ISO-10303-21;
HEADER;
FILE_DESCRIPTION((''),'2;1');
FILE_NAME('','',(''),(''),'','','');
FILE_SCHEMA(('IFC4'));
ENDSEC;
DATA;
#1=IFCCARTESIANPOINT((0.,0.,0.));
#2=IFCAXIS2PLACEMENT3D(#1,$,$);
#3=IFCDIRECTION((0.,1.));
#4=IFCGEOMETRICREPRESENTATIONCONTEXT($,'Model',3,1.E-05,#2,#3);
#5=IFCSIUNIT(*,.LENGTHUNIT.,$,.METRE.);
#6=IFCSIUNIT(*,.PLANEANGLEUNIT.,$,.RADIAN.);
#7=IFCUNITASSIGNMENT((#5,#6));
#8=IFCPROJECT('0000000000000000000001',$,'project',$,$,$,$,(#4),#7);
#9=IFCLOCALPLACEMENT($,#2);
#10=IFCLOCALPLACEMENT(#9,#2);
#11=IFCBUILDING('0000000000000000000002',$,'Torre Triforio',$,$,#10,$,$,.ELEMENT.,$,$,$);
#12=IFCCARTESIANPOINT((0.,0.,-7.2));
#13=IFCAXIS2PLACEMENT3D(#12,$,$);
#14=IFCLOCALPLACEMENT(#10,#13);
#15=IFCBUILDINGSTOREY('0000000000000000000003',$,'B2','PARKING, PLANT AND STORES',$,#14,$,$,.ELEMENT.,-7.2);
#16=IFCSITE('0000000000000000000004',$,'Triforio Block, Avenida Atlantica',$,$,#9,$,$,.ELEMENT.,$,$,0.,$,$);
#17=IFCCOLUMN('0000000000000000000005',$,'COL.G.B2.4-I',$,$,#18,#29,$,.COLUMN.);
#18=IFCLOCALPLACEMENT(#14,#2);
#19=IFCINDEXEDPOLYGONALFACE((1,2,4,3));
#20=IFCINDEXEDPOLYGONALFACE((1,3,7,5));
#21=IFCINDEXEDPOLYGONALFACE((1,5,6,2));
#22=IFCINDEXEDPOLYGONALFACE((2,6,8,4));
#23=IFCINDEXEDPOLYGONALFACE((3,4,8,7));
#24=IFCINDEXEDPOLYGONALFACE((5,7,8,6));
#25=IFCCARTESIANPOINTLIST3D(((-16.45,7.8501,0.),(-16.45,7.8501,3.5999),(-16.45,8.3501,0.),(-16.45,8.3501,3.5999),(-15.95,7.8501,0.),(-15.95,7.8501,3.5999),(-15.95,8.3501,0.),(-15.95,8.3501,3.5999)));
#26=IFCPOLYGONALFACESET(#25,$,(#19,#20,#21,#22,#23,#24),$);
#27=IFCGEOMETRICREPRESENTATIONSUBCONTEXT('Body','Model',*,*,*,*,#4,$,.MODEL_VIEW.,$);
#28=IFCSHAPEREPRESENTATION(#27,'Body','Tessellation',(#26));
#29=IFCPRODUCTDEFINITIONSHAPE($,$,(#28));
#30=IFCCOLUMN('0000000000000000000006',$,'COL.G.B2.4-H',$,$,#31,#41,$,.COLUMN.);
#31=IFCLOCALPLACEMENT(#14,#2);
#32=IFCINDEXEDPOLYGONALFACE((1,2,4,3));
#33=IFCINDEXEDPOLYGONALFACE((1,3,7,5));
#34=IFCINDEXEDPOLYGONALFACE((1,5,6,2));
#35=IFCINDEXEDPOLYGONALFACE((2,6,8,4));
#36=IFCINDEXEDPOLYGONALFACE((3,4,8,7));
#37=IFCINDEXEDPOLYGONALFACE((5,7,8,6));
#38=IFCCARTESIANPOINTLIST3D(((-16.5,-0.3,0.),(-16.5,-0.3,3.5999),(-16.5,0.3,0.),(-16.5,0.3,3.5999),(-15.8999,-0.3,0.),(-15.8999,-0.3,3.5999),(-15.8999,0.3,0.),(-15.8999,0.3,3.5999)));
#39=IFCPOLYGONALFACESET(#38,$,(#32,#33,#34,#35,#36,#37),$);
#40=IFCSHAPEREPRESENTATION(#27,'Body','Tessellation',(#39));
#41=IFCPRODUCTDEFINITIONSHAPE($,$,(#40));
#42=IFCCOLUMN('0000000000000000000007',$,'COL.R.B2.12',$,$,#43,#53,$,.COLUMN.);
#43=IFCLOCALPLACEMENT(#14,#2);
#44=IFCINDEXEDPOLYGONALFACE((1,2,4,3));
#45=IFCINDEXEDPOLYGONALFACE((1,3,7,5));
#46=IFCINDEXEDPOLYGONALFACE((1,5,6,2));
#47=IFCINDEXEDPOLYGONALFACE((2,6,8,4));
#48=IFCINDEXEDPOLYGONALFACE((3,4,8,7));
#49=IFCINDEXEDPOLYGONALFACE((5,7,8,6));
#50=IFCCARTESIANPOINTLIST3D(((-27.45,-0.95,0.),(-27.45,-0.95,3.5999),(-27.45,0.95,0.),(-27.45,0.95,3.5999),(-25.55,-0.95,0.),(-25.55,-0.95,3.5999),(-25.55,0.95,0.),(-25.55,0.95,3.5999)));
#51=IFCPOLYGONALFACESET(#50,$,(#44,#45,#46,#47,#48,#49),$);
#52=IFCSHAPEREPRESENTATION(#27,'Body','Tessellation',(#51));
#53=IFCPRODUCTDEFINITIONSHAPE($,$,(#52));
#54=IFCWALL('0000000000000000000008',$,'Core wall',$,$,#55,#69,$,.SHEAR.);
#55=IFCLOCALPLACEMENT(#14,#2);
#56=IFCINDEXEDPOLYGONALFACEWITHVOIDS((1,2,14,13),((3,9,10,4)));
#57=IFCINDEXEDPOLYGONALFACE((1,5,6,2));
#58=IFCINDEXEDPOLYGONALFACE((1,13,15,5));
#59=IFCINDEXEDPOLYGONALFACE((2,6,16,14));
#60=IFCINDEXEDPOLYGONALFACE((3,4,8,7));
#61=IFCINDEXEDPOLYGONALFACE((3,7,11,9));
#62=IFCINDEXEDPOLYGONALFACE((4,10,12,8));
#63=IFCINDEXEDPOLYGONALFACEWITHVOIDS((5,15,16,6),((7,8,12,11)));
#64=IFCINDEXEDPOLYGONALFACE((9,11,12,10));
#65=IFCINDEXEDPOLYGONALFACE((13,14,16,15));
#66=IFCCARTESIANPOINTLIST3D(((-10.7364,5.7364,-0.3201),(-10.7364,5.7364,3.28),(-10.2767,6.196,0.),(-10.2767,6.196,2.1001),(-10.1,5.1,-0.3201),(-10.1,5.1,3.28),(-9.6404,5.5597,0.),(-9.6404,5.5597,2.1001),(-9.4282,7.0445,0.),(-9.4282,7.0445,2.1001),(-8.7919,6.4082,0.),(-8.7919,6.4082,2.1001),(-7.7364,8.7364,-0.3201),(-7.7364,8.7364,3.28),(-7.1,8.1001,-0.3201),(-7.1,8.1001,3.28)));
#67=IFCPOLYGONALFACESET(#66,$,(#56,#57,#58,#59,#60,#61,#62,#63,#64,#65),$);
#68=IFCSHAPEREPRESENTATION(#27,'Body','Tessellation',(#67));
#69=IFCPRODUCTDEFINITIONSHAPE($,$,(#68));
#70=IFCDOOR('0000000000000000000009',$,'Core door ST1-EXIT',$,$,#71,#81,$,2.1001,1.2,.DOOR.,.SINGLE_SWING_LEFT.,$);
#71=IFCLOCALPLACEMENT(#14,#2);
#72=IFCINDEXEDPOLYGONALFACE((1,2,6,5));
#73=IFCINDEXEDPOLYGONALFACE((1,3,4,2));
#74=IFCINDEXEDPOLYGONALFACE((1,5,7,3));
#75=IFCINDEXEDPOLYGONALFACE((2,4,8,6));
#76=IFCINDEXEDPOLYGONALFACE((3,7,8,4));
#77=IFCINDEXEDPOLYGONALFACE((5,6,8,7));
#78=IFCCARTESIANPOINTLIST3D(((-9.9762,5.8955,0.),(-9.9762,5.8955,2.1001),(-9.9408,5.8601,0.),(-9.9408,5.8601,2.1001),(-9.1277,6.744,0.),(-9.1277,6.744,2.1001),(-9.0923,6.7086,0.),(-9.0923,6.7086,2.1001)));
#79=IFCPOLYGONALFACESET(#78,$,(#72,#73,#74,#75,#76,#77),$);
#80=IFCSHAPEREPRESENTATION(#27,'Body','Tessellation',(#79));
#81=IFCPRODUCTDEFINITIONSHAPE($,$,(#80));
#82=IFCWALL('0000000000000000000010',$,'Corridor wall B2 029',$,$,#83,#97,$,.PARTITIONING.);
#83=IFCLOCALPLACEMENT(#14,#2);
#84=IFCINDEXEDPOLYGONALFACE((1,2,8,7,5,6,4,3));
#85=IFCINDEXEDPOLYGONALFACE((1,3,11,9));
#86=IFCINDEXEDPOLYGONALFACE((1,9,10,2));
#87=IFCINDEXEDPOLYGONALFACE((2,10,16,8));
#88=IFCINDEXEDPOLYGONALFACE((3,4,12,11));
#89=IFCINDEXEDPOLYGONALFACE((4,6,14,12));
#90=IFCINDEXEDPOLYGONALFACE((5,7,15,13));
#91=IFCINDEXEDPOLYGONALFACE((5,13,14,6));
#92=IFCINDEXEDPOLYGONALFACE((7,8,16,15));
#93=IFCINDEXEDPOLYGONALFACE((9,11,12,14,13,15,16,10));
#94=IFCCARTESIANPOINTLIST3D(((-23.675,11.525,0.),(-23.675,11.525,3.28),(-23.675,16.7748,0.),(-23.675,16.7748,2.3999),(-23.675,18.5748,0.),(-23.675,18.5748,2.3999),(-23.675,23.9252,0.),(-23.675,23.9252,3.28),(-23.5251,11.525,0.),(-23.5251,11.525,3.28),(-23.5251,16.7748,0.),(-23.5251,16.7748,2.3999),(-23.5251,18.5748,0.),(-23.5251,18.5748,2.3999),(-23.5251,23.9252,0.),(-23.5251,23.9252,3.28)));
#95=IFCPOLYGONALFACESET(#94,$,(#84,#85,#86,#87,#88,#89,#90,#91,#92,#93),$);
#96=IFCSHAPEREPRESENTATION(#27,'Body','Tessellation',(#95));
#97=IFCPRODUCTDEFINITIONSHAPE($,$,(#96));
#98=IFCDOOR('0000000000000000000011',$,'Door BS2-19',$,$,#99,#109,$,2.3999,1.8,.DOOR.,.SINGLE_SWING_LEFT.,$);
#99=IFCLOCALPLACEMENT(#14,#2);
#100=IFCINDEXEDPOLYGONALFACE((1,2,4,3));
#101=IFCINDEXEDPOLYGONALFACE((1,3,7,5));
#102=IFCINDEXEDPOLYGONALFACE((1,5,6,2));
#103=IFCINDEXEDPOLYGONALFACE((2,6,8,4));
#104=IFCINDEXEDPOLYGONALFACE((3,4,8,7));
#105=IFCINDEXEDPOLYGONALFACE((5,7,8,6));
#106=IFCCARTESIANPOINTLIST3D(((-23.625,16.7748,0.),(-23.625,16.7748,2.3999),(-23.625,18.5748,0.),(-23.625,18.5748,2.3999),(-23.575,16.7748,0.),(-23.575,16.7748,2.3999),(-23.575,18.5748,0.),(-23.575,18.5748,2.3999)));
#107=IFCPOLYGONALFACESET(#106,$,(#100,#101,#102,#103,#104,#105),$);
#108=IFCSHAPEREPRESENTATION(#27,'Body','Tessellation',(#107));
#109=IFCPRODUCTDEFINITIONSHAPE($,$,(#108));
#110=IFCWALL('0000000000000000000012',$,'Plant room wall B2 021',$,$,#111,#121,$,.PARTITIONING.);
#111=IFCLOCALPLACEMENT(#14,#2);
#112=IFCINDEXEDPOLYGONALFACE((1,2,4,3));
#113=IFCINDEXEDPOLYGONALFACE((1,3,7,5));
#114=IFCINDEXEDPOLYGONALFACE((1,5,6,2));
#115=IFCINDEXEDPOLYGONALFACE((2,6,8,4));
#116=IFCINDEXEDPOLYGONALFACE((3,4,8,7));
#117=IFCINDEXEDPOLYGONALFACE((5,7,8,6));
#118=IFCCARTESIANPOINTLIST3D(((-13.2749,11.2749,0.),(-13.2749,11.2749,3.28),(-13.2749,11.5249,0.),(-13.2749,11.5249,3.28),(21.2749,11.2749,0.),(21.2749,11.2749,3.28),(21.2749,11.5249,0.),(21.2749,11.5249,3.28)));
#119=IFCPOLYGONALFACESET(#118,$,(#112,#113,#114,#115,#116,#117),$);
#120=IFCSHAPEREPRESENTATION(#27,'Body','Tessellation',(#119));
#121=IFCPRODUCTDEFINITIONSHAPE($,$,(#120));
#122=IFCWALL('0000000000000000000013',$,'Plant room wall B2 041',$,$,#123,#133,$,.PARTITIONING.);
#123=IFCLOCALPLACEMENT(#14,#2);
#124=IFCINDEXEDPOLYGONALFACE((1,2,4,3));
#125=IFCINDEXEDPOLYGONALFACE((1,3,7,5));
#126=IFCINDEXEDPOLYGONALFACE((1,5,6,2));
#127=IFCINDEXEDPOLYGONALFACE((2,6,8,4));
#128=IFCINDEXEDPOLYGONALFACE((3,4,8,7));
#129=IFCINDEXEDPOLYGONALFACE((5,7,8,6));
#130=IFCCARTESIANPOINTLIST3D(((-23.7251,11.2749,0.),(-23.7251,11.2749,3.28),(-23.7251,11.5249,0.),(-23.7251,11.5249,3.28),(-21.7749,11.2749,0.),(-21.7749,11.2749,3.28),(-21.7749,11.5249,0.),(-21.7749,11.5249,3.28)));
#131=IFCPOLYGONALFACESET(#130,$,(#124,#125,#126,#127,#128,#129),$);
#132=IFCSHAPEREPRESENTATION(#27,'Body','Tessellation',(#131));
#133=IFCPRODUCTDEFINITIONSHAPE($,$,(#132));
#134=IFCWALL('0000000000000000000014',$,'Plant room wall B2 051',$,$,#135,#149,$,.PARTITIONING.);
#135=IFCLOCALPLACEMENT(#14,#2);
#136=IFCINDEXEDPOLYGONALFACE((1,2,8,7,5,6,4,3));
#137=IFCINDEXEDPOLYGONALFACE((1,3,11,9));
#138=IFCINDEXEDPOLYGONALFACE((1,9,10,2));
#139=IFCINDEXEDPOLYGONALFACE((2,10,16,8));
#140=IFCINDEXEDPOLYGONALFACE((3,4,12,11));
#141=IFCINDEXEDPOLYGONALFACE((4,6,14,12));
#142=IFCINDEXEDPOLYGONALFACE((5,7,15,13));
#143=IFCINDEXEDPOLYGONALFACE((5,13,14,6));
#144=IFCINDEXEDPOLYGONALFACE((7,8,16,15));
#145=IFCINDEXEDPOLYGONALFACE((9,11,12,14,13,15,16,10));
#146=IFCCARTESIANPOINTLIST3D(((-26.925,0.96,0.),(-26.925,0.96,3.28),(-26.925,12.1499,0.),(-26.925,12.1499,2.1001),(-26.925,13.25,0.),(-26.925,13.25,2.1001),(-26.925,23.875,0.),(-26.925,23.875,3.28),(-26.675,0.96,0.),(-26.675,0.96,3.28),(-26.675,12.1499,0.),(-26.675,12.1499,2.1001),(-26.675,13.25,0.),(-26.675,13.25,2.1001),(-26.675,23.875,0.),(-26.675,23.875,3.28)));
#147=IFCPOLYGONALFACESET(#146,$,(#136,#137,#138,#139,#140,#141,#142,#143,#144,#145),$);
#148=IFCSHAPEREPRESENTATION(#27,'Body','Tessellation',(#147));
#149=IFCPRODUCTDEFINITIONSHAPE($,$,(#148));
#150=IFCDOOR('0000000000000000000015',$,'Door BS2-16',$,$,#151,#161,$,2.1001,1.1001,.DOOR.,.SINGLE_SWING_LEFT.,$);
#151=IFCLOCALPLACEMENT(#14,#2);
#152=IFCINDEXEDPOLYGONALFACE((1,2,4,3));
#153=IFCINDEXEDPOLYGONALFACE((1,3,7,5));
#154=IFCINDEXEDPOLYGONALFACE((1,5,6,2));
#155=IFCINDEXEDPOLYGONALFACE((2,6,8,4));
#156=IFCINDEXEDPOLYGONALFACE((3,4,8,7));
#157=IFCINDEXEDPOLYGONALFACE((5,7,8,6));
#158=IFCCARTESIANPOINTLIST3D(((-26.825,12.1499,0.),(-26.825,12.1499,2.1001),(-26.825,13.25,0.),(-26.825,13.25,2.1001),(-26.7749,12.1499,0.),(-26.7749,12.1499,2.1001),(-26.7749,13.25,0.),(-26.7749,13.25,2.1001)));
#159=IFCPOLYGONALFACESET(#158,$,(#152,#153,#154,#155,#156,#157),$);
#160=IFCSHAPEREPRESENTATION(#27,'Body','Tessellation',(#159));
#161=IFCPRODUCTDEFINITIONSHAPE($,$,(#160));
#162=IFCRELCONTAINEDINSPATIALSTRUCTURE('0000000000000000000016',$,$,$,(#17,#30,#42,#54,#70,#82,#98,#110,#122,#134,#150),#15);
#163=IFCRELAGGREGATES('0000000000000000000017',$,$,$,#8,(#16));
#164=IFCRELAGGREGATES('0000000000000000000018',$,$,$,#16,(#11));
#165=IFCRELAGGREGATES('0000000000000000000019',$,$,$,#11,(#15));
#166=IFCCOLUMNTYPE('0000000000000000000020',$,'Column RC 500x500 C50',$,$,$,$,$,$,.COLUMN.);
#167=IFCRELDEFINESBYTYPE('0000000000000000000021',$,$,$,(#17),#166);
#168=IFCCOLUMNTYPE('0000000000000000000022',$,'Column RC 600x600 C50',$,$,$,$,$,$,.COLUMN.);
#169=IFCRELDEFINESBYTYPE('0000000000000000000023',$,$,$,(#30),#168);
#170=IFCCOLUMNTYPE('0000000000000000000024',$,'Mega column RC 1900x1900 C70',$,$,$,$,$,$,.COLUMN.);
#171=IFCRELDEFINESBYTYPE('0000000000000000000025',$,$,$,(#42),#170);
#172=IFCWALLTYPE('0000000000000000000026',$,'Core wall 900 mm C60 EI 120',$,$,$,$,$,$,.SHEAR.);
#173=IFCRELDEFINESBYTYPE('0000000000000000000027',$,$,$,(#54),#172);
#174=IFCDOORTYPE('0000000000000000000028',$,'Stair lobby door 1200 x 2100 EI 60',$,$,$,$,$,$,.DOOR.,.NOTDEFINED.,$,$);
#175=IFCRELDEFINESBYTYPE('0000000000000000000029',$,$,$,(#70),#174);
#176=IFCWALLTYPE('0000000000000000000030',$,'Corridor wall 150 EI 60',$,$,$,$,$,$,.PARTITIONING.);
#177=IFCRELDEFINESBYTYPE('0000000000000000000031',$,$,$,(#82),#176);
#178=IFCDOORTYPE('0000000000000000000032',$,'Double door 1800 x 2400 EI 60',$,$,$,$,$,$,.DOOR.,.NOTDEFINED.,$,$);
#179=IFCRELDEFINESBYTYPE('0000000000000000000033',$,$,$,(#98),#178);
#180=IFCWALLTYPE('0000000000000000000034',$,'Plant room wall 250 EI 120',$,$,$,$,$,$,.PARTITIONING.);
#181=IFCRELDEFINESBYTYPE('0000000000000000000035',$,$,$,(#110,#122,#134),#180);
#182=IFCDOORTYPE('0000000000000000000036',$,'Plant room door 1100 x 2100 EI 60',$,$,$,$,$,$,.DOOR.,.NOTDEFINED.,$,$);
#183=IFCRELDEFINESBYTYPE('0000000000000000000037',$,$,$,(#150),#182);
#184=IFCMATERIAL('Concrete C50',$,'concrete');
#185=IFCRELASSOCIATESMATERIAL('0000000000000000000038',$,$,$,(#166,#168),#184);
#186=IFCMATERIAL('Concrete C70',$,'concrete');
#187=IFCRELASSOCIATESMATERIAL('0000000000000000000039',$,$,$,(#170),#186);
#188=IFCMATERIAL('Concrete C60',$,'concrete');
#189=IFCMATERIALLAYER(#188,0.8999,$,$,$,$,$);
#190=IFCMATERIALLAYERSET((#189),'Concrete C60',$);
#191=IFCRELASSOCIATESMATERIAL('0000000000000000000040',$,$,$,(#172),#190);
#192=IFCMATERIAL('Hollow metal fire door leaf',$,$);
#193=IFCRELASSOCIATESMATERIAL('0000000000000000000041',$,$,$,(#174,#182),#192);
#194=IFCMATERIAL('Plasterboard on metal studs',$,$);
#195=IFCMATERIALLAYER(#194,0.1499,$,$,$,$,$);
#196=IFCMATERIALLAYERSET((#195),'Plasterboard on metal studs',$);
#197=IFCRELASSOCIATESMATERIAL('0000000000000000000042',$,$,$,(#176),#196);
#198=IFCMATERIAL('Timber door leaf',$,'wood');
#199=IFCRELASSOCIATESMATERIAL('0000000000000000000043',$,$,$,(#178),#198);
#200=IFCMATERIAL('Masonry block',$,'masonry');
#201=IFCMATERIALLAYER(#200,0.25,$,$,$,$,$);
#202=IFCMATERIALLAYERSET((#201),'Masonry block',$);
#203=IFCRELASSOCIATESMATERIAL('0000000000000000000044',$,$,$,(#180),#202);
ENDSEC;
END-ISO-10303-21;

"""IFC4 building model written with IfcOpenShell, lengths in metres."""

from ifc_helpers import new_model, si_unit, direction, frame, frame_2d, origin, origin_2d, place, context, subcontext, project, spatial, rectangle, extrude, material, layer, layer_set, material_profile, profile_set, type_object, element, fill, save


model = new_model("IFC4")

# Units and contexts
model_context = context("Model", 3, precision=1e-05, world=origin(), true_north=direction((0.0, 1.0)))
body_context = subcontext(model_context, "Body", "Model", "MODEL_VIEW")
ifc_project = project(units=[si_unit("LENGTHUNIT", "METRE"), si_unit("PLANEANGLEUNIT", "RADIAN")], contexts=[model_context])

# Site, building, storey
site_placement = place(None, origin())
site = spatial("IfcSite", under=ifc_project, at=site_placement, Name="Triforio Block, Avenida Atlantica", CompositionType="ELEMENT", RefElevation=0.0)
building_placement = place(site_placement, origin())
building = spatial("IfcBuilding", under=site, at=building_placement, Name="Torre Triforio", CompositionType="ELEMENT")
storey_placement = place(building_placement, frame((0.0, 0.0, -7.2)))
storey = spatial("IfcBuildingStorey", under=building, at=storey_placement, Name="B2", Description="PARKING, PLANT AND STORES", CompositionType="ELEMENT", Elevation=-7.2)

# Columns
ifc_material_1 = material(Name="Concrete C50", Category="concrete")
ifc_material_profile_1 = material_profile(ifc_material_1, rectangle(XDim=0.5, YDim=0.5, at=origin_2d()), Name="RC 500x500")
ifc_profile_set_1 = profile_set([ifc_material_profile_1], Name="Concrete C50")
column_type_1 = type_object("IfcColumnType", Name="Column RC 500x500 C50", PredefinedType="COLUMN", material=ifc_profile_set_1)
column_1_placement = place(storey_placement, frame((-16.2, 8.1001, 0.0), z_axis=(0.0, 0.0, 1.0), x_axis=(1.0, 0.0, 0.0)))
element("IfcColumn", 1, at=column_1_placement, inside=storey, type_object=column_type_1, Name="COL.G.B2.4-I", PredefinedType="COLUMN", context=body_context, shape_type="SweptSolid", body=[
    extrude(rectangle(XDim=0.5, YDim=0.5, at=origin_2d()), origin(), (0.0, 0.0, 1.0), 3.5999),
])
ifc_material_profile_2 = material_profile(ifc_material_1, rectangle(XDim=0.6001, YDim=0.6001, at=origin_2d()), Name="RC 600x600")
ifc_profile_set_2 = profile_set([ifc_material_profile_2], Name="Concrete C50")
column_type_2 = type_object("IfcColumnType", Name="Column RC 600x600 C50", PredefinedType="COLUMN", material=ifc_profile_set_2)
column_2_placement = place(storey_placement, frame((-16.2, 0.0, 0.0), z_axis=(0.0, 0.0, 1.0), x_axis=(1.0, 0.0, 0.0)))
element("IfcColumn", 2, at=column_2_placement, inside=storey, type_object=column_type_2, Name="COL.G.B2.4-H", PredefinedType="COLUMN", context=body_context, shape_type="SweptSolid", body=[
    extrude(rectangle(XDim=0.6001, YDim=0.6001, at=origin_2d()), origin(), (0.0, 0.0, 1.0), 3.5999),
])
ifc_material_2 = material(Name="Concrete C70", Category="concrete")
ifc_material_profile_3 = material_profile(ifc_material_2, rectangle(XDim=1.8999, YDim=1.8999, at=origin_2d()), Name="RC 1900x1900")
ifc_profile_set_3 = profile_set([ifc_material_profile_3], Name="Concrete C70")
column_type_3 = type_object("IfcColumnType", Name="Mega column RC 1900x1900 C70", PredefinedType="COLUMN", material=ifc_profile_set_3)
column_3_placement = place(storey_placement, frame((-26.5, 0.0, 0.0), z_axis=(0.0, 0.0, 1.0), x_axis=(0.0, -1.0, 0.0)))
element("IfcColumn", 3, at=column_3_placement, inside=storey, type_object=column_type_3, Name="COL.R.B2.12", PredefinedType="COLUMN", context=body_context, shape_type="SweptSolid", body=[
    extrude(rectangle(XDim=1.8999, YDim=1.8999, at=origin_2d()), origin(), (0.0, 0.0, 1.0), 3.5999),
])

# Walls, openings, doors
ifc_material_3 = material(Name="Concrete C60", Category="concrete")
ifc_layer_1 = layer(ifc_material_3, 0.8999)
ifc_layer_set_1 = layer_set([ifc_layer_1], Name="Concrete C60")
wall_type_1 = type_object("IfcWallType", Name="Core wall 900 mm C60 EI 120", PredefinedType="SHEAR", material=ifc_layer_set_1)
wall_1_placement = place(storey_placement, frame((-10.4182, 5.4182, -0.3201), z_axis=(0.0, 0.0, 1.0), x_axis=(0.707107, 0.707107, 0.0)))
wall_1 = element("IfcWall", 4, at=wall_1_placement, inside=storey, type_object=wall_type_1, Name="Core wall", PredefinedType="SHEAR", context=body_context, shape_type="SweptSolid", body=[
    extrude(rectangle(XDim=4.2427, YDim=0.8999, at=frame_2d((2.1213, 0.0))), origin(), (0.0, 0.0, 1.0), 3.6001),
])
opening_1_placement = place(wall_1_placement, frame((0.6499, 0.0, 0.3201)))
opening_1 = element("IfcOpeningElement", 5, at=opening_1_placement, cuts=wall_1, PredefinedType="OPENING", context=body_context, shape_type="SweptSolid", body=[
    extrude(rectangle(XDim=1.2, YDim=2.1001, at=frame_2d((0.6001, 1.05))), frame((0.0, 0.46, 0.0), z_axis=(0.0, -1.0, 0.0), x_axis=(1.0, 0.0, 0.0)), (0.0, 0.0, 1.0), 0.9199),
])
ifc_material_4 = material(Name="Hollow metal fire door leaf")
door_type_1 = type_object("IfcDoorType", Name="Stair lobby door 1200 x 2100 EI 60", OperationType="NOTDEFINED", PredefinedType="DOOR", material=ifc_material_4)
door_1_placement = place(opening_1_placement, origin())
door_1 = element("IfcDoor", 6, at=door_1_placement, inside=storey, type_object=door_type_1, Name="Core door ST1-EXIT", OperationType="SINGLE_SWING_LEFT", OverallHeight=2.1001, OverallWidth=1.2, PredefinedType="DOOR", context=body_context, shape_type="SweptSolid", body=[
    extrude(rectangle(XDim=1.2, YDim=2.1001, at=frame_2d((0.6001, 1.05))), frame((0.0, 0.0249, 0.0), z_axis=(0.0, -1.0, 0.0), x_axis=(1.0, 0.0, 0.0)), (0.0, 0.0, 1.0), 0.05),
])
fill(opening_1, door_1)
ifc_material_5 = material(Name="Plasterboard on metal studs")
ifc_layer_2 = layer(ifc_material_5, 0.1499)
ifc_layer_set_2 = layer_set([ifc_layer_2], Name="Plasterboard on metal studs")
wall_type_2 = type_object("IfcWallType", Name="Corridor wall 150 EI 60", PredefinedType="PARTITIONING", material=ifc_layer_set_2)
wall_2_placement = place(storey_placement, frame((-23.6001, 11.5249, 0.0), z_axis=(0.0, 0.0, 1.0), x_axis=(0.0, 1.0, 0.0)))
wall_2 = element("IfcWall", 7, at=wall_2_placement, inside=storey, type_object=wall_type_2, Name="Corridor wall B2 029", PredefinedType="PARTITIONING", context=body_context, shape_type="SweptSolid", body=[
    extrude(rectangle(XDim=12.4001, YDim=0.1499, at=frame_2d((6.2002, 0.0))), origin(), (0.0, 0.0, 1.0), 3.28),
])
opening_2_placement = place(wall_2_placement, frame((5.25, 0.0, 0.0)))
opening_2 = element("IfcOpeningElement", 8, at=opening_2_placement, cuts=wall_2, PredefinedType="OPENING", context=body_context, shape_type="SweptSolid", body=[
    extrude(rectangle(XDim=1.8, YDim=2.3999, at=frame_2d((0.8999, 1.2))), frame((0.0, 0.085, 0.0), z_axis=(0.0, -1.0, 0.0), x_axis=(1.0, 0.0, 0.0)), (0.0, 0.0, 1.0), 0.1699),
])
ifc_material_6 = material(Name="Timber door leaf", Category="wood")
door_type_2 = type_object("IfcDoorType", Name="Double door 1800 x 2400 EI 60", OperationType="NOTDEFINED", PredefinedType="DOOR", material=ifc_material_6)
door_2_placement = place(opening_2_placement, origin())
door_2 = element("IfcDoor", 9, at=door_2_placement, inside=storey, type_object=door_type_2, Name="Door BS2-19", OperationType="SINGLE_SWING_LEFT", OverallHeight=2.3999, OverallWidth=1.8, PredefinedType="DOOR", context=body_context, shape_type="SweptSolid", body=[
    extrude(rectangle(XDim=1.8, YDim=2.3999, at=frame_2d((0.8999, 1.2))), frame((0.0, 0.0249, 0.0), z_axis=(0.0, -1.0, 0.0), x_axis=(1.0, 0.0, 0.0)), (0.0, 0.0, 1.0), 0.05),
])
fill(opening_2, door_2)

# Walls
ifc_material_7 = material(Name="Masonry block", Category="masonry")
ifc_layer_3 = layer(ifc_material_7, 0.25)
ifc_layer_set_3 = layer_set([ifc_layer_3], Name="Masonry block")
wall_type_3 = type_object("IfcWallType", Name="Plant room wall 250 EI 120", PredefinedType="PARTITIONING", material=ifc_layer_set_3)
wall_3_placement = place(storey_placement, frame((-13.2749, 11.3999, 0.0), z_axis=(0.0, 0.0, 1.0), x_axis=(1.0, 0.0, 0.0)))
element("IfcWall", 10, at=wall_3_placement, inside=storey, type_object=wall_type_3, Name="Plant room wall B2 021", PredefinedType="PARTITIONING", context=body_context, shape_type="SweptSolid", body=[
    extrude(rectangle(XDim=34.5498, YDim=0.25, at=frame_2d((17.2749, 0.0))), origin(), (0.0, 0.0, 1.0), 3.28),
])
wall_4_placement = place(storey_placement, frame((-23.7251, 11.3999, 0.0), z_axis=(0.0, 0.0, 1.0), x_axis=(1.0, 0.0, 0.0)))
element("IfcWall", 11, at=wall_4_placement, inside=storey, type_object=wall_type_3, Name="Plant room wall B2 041", PredefinedType="PARTITIONING", context=body_context, shape_type="SweptSolid", body=[
    extrude(rectangle(XDim=1.9502, YDim=0.25, at=frame_2d((0.9751, 0.0))), origin(), (0.0, 0.0, 1.0), 3.28),
])

# Wall, opening, door
wall_5_placement = place(storey_placement, frame((-26.8, 0.96, 0.0), z_axis=(0.0, 0.0, 1.0), x_axis=(0.0, 1.0, 0.0)))
wall_5 = element("IfcWall", 12, at=wall_5_placement, inside=storey, type_object=wall_type_3, Name="Plant room wall B2 051", PredefinedType="PARTITIONING", context=body_context, shape_type="SweptSolid", body=[
    extrude(rectangle(XDim=22.915, YDim=0.25, at=frame_2d((11.4575, 0.0))), origin(), (0.0, 0.0, 1.0), 3.28),
])
opening_3_placement = place(wall_5_placement, frame((11.1899, 0.0, 0.0)))
opening_3 = element("IfcOpeningElement", 13, at=opening_3_placement, cuts=wall_5, PredefinedType="OPENING", context=body_context, shape_type="SweptSolid", body=[
    extrude(rectangle(XDim=1.1001, YDim=2.1001, at=frame_2d((0.55, 1.05))), frame((0.0, 0.135, 0.0), z_axis=(0.0, -1.0, 0.0), x_axis=(1.0, 0.0, 0.0)), (0.0, 0.0, 1.0), 0.27),
])
door_type_3 = type_object("IfcDoorType", Name="Plant room door 1100 x 2100 EI 60", OperationType="NOTDEFINED", PredefinedType="DOOR", material=ifc_material_4)
door_3_placement = place(opening_3_placement, origin())
door_3 = element("IfcDoor", 14, at=door_3_placement, inside=storey, type_object=door_type_3, Name="Door BS2-16", OperationType="SINGLE_SWING_LEFT", OverallHeight=2.1001, OverallWidth=1.1001, PredefinedType="DOOR", context=body_context, shape_type="SweptSolid", body=[
    extrude(rectangle(XDim=1.1001, YDim=2.1001, at=frame_2d((0.55, 1.05))), frame((0.0, 0.0249, 0.0), z_axis=(0.0, -1.0, 0.0), x_axis=(1.0, 0.0, 0.0)), (0.0, 0.0, 1.0), 0.05),
])
fill(opening_3, door_3)

save(model, "model.ifc")
